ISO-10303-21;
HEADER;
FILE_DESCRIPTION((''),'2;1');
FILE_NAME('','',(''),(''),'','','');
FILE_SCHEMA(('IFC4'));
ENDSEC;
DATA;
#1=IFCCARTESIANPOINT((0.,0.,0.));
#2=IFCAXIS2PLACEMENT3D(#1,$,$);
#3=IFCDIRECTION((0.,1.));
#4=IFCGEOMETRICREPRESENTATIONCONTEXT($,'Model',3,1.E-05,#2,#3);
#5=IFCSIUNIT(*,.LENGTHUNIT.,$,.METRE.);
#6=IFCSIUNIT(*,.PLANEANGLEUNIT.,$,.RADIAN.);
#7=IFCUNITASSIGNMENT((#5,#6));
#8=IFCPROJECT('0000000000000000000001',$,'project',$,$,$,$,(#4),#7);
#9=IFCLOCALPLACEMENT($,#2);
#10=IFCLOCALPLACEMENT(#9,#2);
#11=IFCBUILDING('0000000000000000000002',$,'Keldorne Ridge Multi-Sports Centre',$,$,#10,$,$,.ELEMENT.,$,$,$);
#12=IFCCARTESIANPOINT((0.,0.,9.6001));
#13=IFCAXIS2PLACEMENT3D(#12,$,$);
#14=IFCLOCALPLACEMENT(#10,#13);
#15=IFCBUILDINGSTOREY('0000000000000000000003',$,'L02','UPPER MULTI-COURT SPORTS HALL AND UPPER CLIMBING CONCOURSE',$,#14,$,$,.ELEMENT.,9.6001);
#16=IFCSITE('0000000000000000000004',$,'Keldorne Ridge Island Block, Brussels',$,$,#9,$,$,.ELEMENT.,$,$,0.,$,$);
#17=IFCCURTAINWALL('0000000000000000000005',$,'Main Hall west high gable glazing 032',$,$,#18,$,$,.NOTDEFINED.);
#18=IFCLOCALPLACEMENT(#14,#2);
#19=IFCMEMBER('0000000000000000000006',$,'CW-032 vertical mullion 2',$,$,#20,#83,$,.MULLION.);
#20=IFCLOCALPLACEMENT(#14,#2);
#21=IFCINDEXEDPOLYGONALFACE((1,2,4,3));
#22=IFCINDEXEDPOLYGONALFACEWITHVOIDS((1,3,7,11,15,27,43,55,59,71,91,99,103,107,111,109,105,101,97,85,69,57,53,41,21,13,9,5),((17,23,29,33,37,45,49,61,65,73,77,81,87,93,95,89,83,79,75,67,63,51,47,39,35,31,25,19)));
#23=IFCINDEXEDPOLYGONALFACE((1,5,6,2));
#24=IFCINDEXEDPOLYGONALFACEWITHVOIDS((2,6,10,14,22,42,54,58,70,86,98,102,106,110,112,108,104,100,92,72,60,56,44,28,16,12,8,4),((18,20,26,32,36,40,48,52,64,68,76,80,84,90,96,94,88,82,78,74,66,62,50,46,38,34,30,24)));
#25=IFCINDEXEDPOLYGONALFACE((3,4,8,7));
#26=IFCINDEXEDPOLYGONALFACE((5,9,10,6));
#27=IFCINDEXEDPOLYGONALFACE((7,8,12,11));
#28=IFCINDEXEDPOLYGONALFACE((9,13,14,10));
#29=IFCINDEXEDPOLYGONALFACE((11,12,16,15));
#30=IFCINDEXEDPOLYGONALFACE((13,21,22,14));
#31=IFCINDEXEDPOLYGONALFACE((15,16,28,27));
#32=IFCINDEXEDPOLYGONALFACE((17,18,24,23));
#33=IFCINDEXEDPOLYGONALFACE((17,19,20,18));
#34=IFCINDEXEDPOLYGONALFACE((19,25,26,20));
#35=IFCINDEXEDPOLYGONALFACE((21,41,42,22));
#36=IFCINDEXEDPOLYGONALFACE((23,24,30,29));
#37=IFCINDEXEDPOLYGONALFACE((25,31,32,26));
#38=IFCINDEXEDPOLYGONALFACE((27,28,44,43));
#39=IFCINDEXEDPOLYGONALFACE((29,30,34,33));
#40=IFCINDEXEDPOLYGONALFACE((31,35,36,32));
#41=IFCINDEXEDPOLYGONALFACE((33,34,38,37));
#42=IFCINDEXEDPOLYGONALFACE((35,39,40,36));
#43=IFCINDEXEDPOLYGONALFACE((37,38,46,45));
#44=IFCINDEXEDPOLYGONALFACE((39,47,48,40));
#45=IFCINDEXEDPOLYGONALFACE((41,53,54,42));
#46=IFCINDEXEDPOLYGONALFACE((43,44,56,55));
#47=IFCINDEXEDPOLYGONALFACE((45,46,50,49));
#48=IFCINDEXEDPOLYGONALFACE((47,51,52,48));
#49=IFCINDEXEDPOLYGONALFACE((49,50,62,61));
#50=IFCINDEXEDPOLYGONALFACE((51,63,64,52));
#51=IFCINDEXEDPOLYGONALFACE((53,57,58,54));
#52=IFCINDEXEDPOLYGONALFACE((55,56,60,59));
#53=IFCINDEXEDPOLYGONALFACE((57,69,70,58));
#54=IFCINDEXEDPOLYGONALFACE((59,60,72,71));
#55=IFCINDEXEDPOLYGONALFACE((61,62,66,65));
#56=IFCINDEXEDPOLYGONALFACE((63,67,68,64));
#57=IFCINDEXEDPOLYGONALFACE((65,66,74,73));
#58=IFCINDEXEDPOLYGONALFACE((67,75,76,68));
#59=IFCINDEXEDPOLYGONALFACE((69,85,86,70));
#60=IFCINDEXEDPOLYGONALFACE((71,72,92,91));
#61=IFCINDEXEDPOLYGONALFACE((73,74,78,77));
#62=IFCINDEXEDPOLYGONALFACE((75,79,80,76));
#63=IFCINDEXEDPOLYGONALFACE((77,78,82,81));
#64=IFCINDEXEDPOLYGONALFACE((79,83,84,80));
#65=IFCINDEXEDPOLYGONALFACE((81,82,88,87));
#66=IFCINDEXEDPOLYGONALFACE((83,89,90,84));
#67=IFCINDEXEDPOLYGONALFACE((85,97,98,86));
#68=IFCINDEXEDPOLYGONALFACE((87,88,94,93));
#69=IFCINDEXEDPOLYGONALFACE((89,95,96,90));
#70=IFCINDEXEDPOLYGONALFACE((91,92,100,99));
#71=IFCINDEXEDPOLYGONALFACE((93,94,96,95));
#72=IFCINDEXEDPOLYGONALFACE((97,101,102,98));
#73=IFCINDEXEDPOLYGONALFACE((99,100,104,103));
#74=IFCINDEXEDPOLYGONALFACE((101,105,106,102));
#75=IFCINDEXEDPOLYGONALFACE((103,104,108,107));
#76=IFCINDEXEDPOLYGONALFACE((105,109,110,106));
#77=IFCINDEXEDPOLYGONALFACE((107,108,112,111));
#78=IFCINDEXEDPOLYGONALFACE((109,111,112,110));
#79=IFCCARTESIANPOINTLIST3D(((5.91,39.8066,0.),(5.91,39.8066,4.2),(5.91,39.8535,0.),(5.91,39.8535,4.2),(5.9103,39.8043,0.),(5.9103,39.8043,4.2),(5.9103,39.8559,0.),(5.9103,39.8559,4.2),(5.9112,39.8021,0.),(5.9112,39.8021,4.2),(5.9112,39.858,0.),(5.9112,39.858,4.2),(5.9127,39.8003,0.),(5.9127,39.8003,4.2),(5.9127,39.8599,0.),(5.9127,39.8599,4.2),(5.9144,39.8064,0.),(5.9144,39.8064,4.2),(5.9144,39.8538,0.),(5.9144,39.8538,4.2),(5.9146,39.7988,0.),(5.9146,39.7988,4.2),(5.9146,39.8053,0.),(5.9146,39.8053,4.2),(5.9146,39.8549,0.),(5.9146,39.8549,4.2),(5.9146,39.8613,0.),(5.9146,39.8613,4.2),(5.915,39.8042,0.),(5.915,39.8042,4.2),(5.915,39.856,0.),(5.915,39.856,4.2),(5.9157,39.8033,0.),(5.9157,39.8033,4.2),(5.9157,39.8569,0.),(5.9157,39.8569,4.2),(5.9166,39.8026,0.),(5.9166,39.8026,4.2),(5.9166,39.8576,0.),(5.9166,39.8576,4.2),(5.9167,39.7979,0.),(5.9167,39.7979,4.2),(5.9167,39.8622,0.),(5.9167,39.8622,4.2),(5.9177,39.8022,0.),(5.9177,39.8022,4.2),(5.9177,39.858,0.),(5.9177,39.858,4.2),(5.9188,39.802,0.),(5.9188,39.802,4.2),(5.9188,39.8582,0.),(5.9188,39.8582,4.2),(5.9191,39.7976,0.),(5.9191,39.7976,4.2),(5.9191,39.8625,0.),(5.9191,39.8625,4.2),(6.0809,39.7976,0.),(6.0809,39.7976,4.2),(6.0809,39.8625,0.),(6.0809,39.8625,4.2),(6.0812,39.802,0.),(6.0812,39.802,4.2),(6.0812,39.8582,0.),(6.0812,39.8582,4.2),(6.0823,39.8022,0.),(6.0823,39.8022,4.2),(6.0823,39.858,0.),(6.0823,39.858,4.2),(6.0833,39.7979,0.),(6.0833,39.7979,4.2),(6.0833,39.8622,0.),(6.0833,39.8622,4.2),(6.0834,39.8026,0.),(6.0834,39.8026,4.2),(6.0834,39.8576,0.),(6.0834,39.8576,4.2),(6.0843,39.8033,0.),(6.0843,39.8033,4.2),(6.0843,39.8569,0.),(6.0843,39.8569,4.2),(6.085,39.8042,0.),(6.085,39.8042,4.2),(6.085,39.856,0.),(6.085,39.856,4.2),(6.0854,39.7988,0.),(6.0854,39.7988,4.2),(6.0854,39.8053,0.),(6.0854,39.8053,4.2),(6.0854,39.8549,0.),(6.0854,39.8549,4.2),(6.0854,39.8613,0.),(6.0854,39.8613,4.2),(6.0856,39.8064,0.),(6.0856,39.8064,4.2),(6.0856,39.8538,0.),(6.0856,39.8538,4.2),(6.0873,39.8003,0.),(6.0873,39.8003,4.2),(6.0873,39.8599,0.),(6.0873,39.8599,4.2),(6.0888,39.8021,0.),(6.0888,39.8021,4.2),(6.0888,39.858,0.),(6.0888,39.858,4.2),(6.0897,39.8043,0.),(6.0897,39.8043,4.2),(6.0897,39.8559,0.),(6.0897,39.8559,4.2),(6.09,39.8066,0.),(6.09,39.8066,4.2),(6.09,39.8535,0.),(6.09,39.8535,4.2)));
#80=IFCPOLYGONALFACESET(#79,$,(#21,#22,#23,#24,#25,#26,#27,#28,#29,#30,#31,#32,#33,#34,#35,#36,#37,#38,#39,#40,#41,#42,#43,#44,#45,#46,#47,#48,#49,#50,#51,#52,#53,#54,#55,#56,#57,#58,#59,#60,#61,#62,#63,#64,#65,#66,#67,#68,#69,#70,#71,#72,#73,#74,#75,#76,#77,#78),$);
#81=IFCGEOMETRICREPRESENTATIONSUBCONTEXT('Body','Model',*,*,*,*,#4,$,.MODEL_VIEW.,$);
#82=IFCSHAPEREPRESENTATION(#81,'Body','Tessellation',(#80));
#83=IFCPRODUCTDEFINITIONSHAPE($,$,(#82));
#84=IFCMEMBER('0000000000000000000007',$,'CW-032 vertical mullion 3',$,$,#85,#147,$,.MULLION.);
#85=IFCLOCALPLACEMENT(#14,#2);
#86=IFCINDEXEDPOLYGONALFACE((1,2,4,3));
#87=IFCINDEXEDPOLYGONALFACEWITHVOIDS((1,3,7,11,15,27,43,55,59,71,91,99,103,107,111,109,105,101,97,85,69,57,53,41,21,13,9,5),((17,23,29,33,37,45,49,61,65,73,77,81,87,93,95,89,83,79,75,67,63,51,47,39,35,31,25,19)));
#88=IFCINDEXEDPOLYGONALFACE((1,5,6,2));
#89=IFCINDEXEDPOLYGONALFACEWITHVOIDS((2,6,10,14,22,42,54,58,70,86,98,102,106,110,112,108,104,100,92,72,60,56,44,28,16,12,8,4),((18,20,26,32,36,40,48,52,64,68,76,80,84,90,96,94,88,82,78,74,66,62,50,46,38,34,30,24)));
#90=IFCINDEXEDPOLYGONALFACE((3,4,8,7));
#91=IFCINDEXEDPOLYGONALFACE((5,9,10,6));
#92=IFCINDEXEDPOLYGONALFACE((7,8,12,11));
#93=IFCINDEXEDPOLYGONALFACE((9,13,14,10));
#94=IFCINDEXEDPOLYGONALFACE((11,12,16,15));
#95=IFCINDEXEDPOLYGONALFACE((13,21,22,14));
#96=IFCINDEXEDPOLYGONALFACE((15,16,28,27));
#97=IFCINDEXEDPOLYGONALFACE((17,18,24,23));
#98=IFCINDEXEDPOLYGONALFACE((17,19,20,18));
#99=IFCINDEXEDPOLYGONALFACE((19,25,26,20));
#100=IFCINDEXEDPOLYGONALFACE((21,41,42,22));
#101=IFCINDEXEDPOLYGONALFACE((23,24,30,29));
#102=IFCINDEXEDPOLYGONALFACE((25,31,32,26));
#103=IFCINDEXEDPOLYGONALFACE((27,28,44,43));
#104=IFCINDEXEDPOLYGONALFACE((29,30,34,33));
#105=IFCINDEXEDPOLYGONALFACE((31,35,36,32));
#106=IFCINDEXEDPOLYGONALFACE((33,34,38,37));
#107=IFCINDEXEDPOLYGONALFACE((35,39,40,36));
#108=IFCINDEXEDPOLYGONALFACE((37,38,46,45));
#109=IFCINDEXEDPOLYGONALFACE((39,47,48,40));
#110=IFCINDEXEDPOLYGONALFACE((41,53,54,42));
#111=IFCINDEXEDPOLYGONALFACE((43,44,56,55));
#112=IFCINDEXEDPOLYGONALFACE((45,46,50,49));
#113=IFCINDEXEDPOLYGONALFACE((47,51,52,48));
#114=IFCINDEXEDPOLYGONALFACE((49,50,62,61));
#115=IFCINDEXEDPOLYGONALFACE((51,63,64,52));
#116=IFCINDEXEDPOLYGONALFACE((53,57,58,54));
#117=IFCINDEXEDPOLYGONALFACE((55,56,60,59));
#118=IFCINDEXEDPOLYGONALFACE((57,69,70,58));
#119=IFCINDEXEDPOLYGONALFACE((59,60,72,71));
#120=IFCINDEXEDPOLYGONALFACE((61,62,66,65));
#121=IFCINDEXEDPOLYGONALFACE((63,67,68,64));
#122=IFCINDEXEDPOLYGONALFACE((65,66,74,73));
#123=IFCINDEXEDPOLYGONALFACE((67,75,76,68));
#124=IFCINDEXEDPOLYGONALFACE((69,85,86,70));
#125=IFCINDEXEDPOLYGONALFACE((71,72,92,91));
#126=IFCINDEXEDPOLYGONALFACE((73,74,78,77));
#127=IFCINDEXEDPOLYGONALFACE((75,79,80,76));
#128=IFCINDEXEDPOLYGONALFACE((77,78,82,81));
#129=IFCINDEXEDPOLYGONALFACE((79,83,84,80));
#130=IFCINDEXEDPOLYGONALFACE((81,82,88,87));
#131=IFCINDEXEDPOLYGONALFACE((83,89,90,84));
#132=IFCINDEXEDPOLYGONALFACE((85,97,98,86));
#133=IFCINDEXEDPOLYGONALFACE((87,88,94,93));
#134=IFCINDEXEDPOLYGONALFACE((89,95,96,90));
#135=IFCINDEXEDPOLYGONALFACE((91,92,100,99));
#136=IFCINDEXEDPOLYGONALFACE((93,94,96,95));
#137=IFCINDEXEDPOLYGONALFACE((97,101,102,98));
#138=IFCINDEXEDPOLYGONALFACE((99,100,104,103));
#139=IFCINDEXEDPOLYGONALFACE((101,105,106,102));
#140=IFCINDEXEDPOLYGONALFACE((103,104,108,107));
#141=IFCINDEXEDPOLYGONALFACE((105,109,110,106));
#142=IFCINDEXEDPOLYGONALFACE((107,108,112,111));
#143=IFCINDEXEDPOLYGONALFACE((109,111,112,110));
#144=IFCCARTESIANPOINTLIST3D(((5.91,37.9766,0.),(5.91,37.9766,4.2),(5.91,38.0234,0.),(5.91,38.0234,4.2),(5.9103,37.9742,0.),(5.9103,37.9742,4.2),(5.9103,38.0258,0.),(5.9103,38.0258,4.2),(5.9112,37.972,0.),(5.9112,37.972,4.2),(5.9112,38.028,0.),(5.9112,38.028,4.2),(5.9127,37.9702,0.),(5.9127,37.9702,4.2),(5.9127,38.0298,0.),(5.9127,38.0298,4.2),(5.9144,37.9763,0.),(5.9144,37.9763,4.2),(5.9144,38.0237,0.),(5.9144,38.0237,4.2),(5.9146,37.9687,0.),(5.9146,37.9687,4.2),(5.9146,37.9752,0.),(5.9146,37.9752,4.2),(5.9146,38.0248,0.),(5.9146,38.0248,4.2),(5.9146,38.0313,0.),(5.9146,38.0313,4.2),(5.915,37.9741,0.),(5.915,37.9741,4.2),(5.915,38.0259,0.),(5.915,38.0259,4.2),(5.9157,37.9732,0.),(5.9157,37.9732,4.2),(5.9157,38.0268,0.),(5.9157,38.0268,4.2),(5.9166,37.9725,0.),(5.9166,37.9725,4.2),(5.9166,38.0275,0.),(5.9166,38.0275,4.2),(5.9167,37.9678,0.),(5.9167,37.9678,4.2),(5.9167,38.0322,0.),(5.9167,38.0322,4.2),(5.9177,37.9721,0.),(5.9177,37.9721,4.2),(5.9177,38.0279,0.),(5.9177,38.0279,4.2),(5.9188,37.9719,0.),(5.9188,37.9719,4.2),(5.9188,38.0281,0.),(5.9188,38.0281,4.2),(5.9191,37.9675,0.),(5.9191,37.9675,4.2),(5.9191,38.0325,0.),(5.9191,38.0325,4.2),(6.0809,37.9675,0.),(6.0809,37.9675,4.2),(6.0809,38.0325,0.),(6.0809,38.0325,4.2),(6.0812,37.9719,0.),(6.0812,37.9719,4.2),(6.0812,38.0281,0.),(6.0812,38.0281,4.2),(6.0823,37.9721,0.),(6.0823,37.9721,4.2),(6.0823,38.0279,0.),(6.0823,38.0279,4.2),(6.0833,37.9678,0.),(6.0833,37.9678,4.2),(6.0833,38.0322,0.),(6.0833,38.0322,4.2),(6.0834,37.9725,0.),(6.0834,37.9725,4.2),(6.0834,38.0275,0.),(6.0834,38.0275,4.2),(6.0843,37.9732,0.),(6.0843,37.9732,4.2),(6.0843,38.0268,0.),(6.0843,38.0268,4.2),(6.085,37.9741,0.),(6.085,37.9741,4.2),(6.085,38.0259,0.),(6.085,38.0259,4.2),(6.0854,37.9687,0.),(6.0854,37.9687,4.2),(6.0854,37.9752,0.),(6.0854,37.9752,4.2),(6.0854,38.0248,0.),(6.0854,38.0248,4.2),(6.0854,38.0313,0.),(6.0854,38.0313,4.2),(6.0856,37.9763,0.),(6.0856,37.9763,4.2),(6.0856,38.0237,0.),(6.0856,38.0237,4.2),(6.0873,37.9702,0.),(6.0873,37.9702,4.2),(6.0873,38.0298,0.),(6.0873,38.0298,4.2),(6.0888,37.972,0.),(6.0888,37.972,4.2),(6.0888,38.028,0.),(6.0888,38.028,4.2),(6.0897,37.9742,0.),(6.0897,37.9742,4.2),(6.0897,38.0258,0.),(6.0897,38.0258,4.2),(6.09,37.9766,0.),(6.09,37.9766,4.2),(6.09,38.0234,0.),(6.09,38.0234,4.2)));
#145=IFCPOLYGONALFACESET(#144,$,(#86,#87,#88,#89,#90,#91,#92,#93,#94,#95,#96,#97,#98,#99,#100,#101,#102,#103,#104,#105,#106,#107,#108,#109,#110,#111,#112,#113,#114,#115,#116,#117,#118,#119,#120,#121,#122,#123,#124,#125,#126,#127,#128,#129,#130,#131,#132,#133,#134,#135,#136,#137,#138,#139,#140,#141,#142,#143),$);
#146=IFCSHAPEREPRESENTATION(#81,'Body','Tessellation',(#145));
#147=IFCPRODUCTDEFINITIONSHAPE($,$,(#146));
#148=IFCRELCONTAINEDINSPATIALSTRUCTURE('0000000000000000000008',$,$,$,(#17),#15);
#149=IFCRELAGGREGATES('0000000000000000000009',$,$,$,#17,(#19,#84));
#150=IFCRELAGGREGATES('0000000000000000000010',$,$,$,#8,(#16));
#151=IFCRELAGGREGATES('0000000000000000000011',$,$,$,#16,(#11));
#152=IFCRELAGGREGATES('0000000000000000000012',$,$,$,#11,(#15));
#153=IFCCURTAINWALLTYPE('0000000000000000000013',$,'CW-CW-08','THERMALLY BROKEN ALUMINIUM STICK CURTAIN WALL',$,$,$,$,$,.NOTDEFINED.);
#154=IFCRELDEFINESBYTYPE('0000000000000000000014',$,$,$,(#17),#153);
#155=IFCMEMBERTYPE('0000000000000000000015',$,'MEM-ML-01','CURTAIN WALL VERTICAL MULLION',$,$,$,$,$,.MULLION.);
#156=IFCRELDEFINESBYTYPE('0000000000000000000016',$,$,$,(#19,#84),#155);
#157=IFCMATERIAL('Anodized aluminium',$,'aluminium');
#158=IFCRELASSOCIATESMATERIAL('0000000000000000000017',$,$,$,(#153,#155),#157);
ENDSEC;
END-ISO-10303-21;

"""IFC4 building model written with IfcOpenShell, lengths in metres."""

from ifc_helpers import new_model, si_unit, direction, frame, origin, origin_2d, place, context, subcontext, project, spatial, hollow_rectangle, extrude, material, material_profile, profile_set, type_object, element, aggregate, save


model = new_model("IFC4")

# Units and contexts
model_context = context("Model", 3, precision=1e-05, world=origin(), true_north=direction((0.0, 1.0)))
body_context = subcontext(model_context, "Body", "Model", "MODEL_VIEW")
ifc_project = project(units=[si_unit("LENGTHUNIT", "METRE"), si_unit("PLANEANGLEUNIT", "RADIAN")], contexts=[model_context])

# Site, building, storey
site_placement = place(None, origin())
site = spatial("IfcSite", under=ifc_project, at=site_placement, Name="Keldorne Ridge Island Block, Brussels", CompositionType="ELEMENT", RefElevation=0.0)
building_placement = place(site_placement, origin())
building = spatial("IfcBuilding", under=site, at=building_placement, Name="Keldorne Ridge Multi-Sports Centre", CompositionType="ELEMENT")
storey_placement = place(building_placement, frame((0.0, 0.0, 9.6001)))
storey = spatial("IfcBuildingStorey", under=building, at=storey_placement, Name="L02", Description="UPPER MULTI-COURT SPORTS HALL AND UPPER CLIMBING CONCOURSE", CompositionType="ELEMENT", Elevation=9.6001)

# Curtain wall, members
ifc_material_1 = material(Name="Anodized aluminium", Category="aluminium")
curtain_wall_type_1 = type_object("IfcCurtainWallType", Name="CW-CW-08", Description="THERMALLY BROKEN ALUMINIUM STICK CURTAIN WALL", PredefinedType="NOTDEFINED", material=ifc_material_1)
curtain_wall_1_placement = place(storey_placement, origin())
curtain_wall_1 = element("IfcCurtainWall", 1, at=curtain_wall_1_placement, inside=storey, type_object=curtain_wall_type_1, Name="Main Hall west high gable glazing 032", PredefinedType="NOTDEFINED")
ifc_material_profile_1 = material_profile(ifc_material_1, hollow_rectangle(XDim=0.0649, YDim=0.1799, WallThickness=0.0044, InnerFilletRadius=0.0044, OuterFilletRadius=0.009, at=origin_2d()), Name="ALU MULLION 180x65x4.5")
ifc_profile_set_1 = profile_set([ifc_material_profile_1], Name="Anodized aluminium")
member_type_1 = type_object("IfcMemberType", Name="MEM-ML-01", Description="CURTAIN WALL VERTICAL MULLION", PredefinedType="MULLION", material=ifc_profile_set_1)
member_1_placement = place(storey_placement, frame((6.0, 39.8301, 0.0), z_axis=(0.0, 0.0, 1.0), x_axis=(0.0, 1.0, 0.0)))
member_1 = element("IfcMember", 2, at=member_1_placement, type_object=member_type_1, Name="CW-032 vertical mullion 2", PredefinedType="MULLION", context=body_context, shape_type="SweptSolid", body=[
    extrude(hollow_rectangle(XDim=0.0649, YDim=0.1799, WallThickness=0.0044, InnerFilletRadius=0.0044, OuterFilletRadius=0.009, at=origin_2d()), origin(), (0.0, 0.0, 1.0), 4.2),
])
member_2_placement = place(storey_placement, frame((6.0, 38.0, 0.0), z_axis=(0.0, 0.0, 1.0), x_axis=(0.0, 1.0, 0.0)))
member_2 = element("IfcMember", 3, at=member_2_placement, type_object=member_type_1, Name="CW-032 vertical mullion 3", PredefinedType="MULLION", context=body_context, shape_type="SweptSolid", body=[
    extrude(hollow_rectangle(XDim=0.0649, YDim=0.1799, WallThickness=0.0044, InnerFilletRadius=0.0044, OuterFilletRadius=0.009, at=origin_2d()), origin(), (0.0, 0.0, 1.0), 4.2),
])

aggregate(curtain_wall_1, [member_1, member_2])

save(model, "model.ifc")
